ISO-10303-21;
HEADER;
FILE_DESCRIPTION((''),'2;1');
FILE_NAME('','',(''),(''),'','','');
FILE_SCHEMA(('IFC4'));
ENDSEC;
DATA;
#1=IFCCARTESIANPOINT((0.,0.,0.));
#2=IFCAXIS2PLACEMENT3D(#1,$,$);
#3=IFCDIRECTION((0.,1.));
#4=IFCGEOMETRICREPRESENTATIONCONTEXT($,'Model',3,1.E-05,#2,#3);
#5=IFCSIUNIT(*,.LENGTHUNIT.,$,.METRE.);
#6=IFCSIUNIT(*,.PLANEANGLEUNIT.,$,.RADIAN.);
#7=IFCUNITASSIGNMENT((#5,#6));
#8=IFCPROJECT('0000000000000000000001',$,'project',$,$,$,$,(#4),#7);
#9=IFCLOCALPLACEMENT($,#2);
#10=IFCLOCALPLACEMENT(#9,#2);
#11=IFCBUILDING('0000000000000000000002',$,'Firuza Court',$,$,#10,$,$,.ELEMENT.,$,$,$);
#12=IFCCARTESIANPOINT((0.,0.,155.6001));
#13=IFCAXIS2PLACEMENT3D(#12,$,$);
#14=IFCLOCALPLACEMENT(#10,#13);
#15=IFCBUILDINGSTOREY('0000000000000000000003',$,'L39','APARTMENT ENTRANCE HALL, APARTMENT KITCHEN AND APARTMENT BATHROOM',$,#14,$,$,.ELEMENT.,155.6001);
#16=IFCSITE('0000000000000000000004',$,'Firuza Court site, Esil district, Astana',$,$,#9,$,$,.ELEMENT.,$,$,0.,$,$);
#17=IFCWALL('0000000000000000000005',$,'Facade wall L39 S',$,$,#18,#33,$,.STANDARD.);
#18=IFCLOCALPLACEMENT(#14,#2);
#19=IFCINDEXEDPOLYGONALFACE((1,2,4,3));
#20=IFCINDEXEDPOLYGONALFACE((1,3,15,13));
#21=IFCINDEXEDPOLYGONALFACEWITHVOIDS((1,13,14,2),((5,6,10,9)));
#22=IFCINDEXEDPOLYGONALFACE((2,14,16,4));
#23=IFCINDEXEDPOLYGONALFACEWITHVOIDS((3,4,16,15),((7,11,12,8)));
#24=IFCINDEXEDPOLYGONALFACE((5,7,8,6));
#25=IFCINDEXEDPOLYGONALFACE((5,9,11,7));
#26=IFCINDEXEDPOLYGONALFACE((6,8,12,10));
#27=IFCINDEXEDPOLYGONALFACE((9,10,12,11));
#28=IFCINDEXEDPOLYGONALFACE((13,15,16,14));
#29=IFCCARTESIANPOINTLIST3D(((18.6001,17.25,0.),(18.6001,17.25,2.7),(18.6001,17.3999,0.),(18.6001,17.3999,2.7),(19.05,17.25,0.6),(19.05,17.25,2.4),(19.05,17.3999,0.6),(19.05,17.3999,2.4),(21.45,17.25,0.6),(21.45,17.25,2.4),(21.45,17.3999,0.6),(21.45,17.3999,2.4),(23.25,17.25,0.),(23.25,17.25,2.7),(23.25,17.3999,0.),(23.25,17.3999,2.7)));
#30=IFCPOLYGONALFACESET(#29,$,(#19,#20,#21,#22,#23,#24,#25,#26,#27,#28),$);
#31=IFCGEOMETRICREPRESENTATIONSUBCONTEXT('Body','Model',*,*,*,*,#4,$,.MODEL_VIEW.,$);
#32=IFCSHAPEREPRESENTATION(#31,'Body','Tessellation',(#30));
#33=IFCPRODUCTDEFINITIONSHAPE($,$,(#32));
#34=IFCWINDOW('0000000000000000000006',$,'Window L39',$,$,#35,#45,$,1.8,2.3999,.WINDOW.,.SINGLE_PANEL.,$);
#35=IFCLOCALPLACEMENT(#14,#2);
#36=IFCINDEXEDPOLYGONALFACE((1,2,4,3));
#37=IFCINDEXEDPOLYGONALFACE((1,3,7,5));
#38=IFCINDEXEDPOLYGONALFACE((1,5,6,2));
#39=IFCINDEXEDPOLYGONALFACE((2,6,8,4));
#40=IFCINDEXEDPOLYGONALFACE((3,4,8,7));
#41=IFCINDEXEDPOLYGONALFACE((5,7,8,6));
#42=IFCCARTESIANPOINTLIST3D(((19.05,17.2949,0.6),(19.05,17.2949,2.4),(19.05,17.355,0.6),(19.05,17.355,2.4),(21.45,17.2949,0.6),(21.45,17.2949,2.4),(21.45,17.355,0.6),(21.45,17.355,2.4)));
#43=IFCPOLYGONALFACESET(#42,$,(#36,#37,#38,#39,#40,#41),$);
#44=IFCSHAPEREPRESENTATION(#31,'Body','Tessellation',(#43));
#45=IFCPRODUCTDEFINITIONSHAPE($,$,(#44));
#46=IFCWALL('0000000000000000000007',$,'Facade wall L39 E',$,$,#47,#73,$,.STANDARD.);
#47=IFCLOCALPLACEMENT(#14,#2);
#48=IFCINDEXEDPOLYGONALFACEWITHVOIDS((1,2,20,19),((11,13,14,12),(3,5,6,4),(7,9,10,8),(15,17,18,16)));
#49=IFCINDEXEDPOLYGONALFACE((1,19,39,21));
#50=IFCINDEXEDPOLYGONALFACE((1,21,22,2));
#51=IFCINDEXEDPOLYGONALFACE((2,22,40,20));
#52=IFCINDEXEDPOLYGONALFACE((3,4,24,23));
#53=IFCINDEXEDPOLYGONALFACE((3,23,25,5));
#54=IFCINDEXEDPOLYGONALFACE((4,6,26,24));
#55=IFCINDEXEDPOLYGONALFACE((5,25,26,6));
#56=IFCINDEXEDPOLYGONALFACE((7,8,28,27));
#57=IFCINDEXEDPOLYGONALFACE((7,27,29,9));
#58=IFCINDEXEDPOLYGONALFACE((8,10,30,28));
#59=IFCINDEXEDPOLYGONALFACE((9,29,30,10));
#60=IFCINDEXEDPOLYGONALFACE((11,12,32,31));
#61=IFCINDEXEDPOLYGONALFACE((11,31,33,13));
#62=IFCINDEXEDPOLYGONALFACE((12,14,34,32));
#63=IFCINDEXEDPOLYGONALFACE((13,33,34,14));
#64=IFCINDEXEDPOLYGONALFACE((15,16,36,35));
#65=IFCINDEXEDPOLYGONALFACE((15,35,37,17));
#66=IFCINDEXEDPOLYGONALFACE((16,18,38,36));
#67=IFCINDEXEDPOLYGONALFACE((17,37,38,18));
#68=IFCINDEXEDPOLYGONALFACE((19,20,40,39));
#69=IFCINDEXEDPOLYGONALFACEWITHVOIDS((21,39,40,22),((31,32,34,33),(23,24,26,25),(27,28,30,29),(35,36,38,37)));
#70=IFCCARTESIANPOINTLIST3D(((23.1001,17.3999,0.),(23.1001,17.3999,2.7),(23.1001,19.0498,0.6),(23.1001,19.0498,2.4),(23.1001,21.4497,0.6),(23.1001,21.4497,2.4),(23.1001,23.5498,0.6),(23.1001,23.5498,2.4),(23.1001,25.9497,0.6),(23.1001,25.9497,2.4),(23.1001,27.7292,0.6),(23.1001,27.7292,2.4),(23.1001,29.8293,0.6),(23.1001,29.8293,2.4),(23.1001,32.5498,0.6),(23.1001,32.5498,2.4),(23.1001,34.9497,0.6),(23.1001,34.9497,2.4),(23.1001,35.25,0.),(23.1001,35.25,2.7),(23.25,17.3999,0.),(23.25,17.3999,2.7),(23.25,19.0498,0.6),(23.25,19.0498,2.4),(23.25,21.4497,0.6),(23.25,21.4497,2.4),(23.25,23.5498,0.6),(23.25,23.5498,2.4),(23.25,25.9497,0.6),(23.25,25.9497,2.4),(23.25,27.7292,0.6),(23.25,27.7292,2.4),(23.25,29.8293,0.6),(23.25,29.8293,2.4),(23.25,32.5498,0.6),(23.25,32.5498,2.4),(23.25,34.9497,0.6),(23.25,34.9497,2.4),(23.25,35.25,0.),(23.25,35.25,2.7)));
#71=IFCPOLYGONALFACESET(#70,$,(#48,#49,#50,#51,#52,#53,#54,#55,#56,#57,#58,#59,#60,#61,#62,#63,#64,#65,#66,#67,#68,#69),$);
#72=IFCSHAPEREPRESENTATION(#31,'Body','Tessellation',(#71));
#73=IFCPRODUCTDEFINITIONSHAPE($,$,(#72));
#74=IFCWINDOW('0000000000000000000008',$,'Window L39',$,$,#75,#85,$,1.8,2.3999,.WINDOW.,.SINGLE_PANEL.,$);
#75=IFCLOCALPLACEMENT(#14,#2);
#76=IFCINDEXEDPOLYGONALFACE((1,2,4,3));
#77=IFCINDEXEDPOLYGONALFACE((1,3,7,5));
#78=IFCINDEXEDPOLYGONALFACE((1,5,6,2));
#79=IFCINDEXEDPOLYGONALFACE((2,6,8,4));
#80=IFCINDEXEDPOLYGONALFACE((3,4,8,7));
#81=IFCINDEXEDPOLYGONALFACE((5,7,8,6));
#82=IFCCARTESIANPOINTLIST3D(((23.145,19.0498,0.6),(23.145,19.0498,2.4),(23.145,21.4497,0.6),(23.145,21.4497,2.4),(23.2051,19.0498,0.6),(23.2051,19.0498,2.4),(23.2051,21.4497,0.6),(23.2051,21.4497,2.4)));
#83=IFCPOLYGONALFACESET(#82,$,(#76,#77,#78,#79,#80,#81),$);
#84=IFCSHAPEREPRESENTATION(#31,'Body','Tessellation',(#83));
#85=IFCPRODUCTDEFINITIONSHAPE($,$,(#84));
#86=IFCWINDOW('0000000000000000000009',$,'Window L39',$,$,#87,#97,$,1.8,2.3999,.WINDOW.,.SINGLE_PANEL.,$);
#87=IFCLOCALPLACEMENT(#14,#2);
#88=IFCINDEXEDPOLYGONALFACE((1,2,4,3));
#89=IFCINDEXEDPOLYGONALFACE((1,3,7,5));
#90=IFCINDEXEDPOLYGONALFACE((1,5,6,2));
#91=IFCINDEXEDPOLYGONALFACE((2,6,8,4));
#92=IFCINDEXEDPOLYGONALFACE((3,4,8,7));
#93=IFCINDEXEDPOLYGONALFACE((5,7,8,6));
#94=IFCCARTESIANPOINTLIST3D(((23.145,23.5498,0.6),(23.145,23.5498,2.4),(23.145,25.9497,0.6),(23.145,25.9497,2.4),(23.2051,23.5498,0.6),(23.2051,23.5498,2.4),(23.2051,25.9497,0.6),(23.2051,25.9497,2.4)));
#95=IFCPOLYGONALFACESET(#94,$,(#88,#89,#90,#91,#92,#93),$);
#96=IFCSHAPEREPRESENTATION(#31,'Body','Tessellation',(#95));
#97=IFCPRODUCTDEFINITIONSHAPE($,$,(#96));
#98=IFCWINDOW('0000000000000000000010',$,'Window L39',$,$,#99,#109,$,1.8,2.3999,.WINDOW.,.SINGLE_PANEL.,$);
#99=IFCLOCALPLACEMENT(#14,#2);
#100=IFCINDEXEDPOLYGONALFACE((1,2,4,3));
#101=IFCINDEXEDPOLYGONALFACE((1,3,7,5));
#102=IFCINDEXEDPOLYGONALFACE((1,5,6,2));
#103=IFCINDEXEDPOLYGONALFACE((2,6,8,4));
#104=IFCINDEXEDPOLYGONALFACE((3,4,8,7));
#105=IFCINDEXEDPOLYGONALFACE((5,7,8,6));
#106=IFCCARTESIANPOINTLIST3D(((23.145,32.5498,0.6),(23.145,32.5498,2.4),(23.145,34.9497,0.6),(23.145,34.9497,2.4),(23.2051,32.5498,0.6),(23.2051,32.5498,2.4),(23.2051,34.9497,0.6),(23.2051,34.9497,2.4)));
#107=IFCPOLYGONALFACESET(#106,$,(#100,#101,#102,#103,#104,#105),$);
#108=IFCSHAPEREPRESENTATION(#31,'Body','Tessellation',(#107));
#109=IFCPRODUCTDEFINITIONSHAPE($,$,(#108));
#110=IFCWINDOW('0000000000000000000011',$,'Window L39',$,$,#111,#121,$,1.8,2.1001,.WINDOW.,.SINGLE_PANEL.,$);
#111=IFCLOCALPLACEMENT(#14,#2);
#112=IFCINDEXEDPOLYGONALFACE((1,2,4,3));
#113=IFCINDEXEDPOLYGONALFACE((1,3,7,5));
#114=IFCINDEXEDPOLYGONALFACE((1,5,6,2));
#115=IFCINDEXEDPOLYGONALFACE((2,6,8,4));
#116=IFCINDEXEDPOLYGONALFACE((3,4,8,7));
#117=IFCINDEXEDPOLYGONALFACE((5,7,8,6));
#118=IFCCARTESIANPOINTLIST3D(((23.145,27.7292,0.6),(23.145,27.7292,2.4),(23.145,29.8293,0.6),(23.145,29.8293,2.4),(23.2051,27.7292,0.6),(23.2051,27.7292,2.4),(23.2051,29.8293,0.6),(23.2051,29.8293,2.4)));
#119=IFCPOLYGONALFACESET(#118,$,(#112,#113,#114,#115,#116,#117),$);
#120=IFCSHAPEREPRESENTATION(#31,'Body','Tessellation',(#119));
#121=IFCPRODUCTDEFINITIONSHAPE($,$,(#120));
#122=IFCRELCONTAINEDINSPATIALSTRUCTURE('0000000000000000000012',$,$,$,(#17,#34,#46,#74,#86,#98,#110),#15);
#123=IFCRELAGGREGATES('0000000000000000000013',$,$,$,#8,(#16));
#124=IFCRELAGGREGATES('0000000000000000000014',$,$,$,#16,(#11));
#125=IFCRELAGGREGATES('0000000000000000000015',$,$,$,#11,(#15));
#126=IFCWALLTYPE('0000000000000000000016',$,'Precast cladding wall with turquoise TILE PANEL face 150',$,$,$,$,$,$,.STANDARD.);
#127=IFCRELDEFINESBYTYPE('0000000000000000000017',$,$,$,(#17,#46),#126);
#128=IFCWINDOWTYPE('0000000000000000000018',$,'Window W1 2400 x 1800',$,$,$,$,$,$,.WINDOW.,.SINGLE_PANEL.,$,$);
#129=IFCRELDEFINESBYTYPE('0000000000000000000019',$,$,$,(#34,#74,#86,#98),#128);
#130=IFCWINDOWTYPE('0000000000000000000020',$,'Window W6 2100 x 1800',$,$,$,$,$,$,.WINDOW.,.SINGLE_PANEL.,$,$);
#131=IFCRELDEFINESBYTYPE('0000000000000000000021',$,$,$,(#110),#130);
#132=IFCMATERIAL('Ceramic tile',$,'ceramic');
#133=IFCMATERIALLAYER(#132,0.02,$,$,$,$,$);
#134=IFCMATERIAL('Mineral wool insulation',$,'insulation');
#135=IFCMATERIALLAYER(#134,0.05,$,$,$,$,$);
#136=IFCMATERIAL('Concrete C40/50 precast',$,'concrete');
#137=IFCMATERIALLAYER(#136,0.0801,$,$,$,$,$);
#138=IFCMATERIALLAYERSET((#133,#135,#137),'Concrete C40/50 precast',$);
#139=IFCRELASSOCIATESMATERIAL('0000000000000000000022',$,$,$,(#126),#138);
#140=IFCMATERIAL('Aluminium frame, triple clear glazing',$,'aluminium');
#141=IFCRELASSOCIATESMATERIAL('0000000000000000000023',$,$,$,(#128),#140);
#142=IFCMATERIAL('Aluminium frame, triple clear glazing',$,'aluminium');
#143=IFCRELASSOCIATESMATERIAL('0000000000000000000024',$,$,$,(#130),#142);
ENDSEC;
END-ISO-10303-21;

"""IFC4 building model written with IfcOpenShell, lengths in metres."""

from ifc_helpers import new_model, si_unit, direction, frame, frame_2d, origin, place, context, subcontext, project, spatial, rectangle, extrude, material, layer, layer_set, type_object, element, fill, save


model = new_model("IFC4")

# Units and contexts
model_context = context("Model", 3, precision=1e-05, world=origin(), true_north=direction((0.0, 1.0)))
body_context = subcontext(model_context, "Body", "Model", "MODEL_VIEW")
ifc_project = project(units=[si_unit("LENGTHUNIT", "METRE"), si_unit("PLANEANGLEUNIT", "RADIAN")], contexts=[model_context])

# Site, building, storey
site_placement = place(None, origin())
site = spatial("IfcSite", under=ifc_project, at=site_placement, Name="Firuza Court site, Esil district, Astana", CompositionType="ELEMENT", RefElevation=0.0)
building_placement = place(site_placement, origin())
building = spatial("IfcBuilding", under=site, at=building_placement, Name="Firuza Court", CompositionType="ELEMENT")
storey_placement = place(building_placement, frame((0.0, 0.0, 155.6001)))
storey = spatial("IfcBuildingStorey", under=building, at=storey_placement, Name="L39", Description="APARTMENT ENTRANCE HALL, APARTMENT KITCHEN AND APARTMENT BATHROOM", CompositionType="ELEMENT", Elevation=155.6001)

# Shared definitions
ifc_material_1 = material(Name="Ceramic tile", Category="ceramic")
ifc_layer_1 = layer(ifc_material_1, 0.02)
ifc_material_2 = material(Name="Mineral wool insulation", Category="insulation")
ifc_layer_2 = layer(ifc_material_2, 0.05)
ifc_material_3 = material(Name="Concrete C40/50 precast", Category="concrete")
ifc_layer_3 = layer(ifc_material_3, 0.0801)
ifc_layer_set_1 = layer_set([ifc_layer_1, ifc_layer_2, ifc_layer_3], Name="Concrete C40/50 precast")
wall_type_1 = type_object("IfcWallType", Name="Precast cladding wall with turquoise TILE PANEL face 150", PredefinedType="STANDARD", material=ifc_layer_set_1)
ifc_material_4 = material(Name="Aluminium frame, triple clear glazing", Category="aluminium")
window_type_1 = type_object("IfcWindowType", Name="Window W1 2400 x 1800", PartitioningType="SINGLE_PANEL", PredefinedType="WINDOW", material=ifc_material_4)

# Wall, opening, window
wall_1_placement = place(storey_placement, frame((18.6001, 17.325, 0.0), z_axis=(0.0, 0.0, 1.0), x_axis=(1.0, 0.0, 0.0)))
wall_1 = element("IfcWall", 1, at=wall_1_placement, inside=storey, type_object=wall_type_1, Name="Facade wall L39 S", PredefinedType="STANDARD", context=body_context, shape_type="SweptSolid", body=[
    extrude(rectangle(XDim=4.6499, YDim=0.1499, at=frame_2d((2.325, 0.0))), origin(), (0.0, 0.0, 1.0), 2.7),
])
opening_1_placement = place(wall_1_placement, frame((0.45, 0.0, 0.6001)))
opening_1 = element("IfcOpeningElement", 2, at=opening_1_placement, cuts=wall_1, PredefinedType="OPENING", context=body_context, shape_type="SweptSolid", body=[
    extrude(rectangle(XDim=2.3999, YDim=1.8, at=frame_2d((1.2, 0.8999))), frame((0.0, 0.0869, 0.0), z_axis=(0.0, -1.0, 0.0), x_axis=(1.0, 0.0, 0.0)), (0.0, 0.0, 1.0), 0.1738),
])
window_1_placement = place(opening_1_placement, origin())
window_1 = element("IfcWindow", 3, at=window_1_placement, inside=storey, type_object=window_type_1, Name="Window L39", OverallHeight=1.8, OverallWidth=2.3999, PartitioningType="SINGLE_PANEL", PredefinedType="WINDOW", context=body_context, shape_type="SweptSolid", body=[
    extrude(rectangle(XDim=2.3999, YDim=1.8, at=frame_2d((1.2, 0.8999))), frame((0.0, 0.03, 0.0), z_axis=(0.0, -1.0, 0.0), x_axis=(1.0, 0.0, 0.0)), (0.0, 0.0, 1.0), 0.0601),
])
fill(opening_1, window_1)

# Wall, openings, windows
wall_2_placement = place(storey_placement, frame((23.175, 17.3999, 0.0), z_axis=(0.0, 0.0, 1.0), x_axis=(0.0, 1.0, 0.0)))
wall_2 = element("IfcWall", 4, at=wall_2_placement, inside=storey, type_object=wall_type_1, Name="Facade wall L39 E", PredefinedType="STANDARD", context=body_context, shape_type="SweptSolid", body=[
    extrude(rectangle(XDim=17.8501, YDim=0.1499, at=frame_2d((8.925, 0.0))), origin(), (0.0, 0.0, 1.0), 2.7),
])
opening_2_placement = place(wall_2_placement, frame((1.6499, 0.0, 0.6001)))
opening_2 = element("IfcOpeningElement", 5, at=opening_2_placement, cuts=wall_2, PredefinedType="OPENING", context=body_context, shape_type="SweptSolid", body=[
    extrude(rectangle(XDim=2.3999, YDim=1.8, at=frame_2d((1.2, 0.8999))), frame((0.0, 0.0869, 0.0), z_axis=(0.0, -1.0, 0.0), x_axis=(1.0, 0.0, 0.0)), (0.0, 0.0, 1.0), 0.1738),
])
opening_3_placement = place(wall_2_placement, frame((6.1499, 0.0, 0.6001)))
opening_3 = element("IfcOpeningElement", 6, at=opening_3_placement, cuts=wall_2, PredefinedType="OPENING", context=body_context, shape_type="SweptSolid", body=[
    extrude(rectangle(XDim=2.3999, YDim=1.8, at=frame_2d((1.2, 0.8999))), frame((0.0, 0.0869, 0.0), z_axis=(0.0, -1.0, 0.0), x_axis=(1.0, 0.0, 0.0)), (0.0, 0.0, 1.0), 0.1738),
])
opening_4_placement = place(wall_2_placement, frame((10.3293, 0.0, 0.6001)))
opening_4 = element("IfcOpeningElement", 7, at=opening_4_placement, cuts=wall_2, PredefinedType="OPENING", context=body_context, shape_type="SweptSolid", body=[
    extrude(rectangle(XDim=2.1001, YDim=1.8, at=frame_2d((1.05, 0.8999))), frame((0.0, 0.0869, 0.0), z_axis=(0.0, -1.0, 0.0), x_axis=(1.0, 0.0, 0.0)), (0.0, 0.0, 1.0), 0.1738),
])
opening_5_placement = place(wall_2_placement, frame((15.1499, 0.0, 0.6001)))
opening_5 = element("IfcOpeningElement", 8, at=opening_5_placement, cuts=wall_2, PredefinedType="OPENING", context=body_context, shape_type="SweptSolid", body=[
    extrude(rectangle(XDim=2.3999, YDim=1.8, at=frame_2d((1.2, 0.8999))), frame((0.0, 0.0869, 0.0), z_axis=(0.0, -1.0, 0.0), x_axis=(1.0, 0.0, 0.0)), (0.0, 0.0, 1.0), 0.1738),
])
window_2_placement = place(opening_2_placement, origin())
window_2 = element("IfcWindow", 9, at=window_2_placement, inside=storey, type_object=window_type_1, Name="Window L39", OverallHeight=1.8, OverallWidth=2.3999, PartitioningType="SINGLE_PANEL", PredefinedType="WINDOW", context=body_context, shape_type="SweptSolid", body=[
    extrude(rectangle(XDim=2.3999, YDim=1.8, at=frame_2d((1.2, 0.8999))), frame((0.0, 0.03, 0.0), z_axis=(0.0, -1.0, 0.0), x_axis=(1.0, 0.0, 0.0)), (0.0, 0.0, 1.0), 0.0601),
])
fill(opening_2, window_2)
window_3_placement = place(opening_3_placement, origin())
window_3 = element("IfcWindow", 10, at=window_3_placement, inside=storey, type_object=window_type_1, Name="Window L39", OverallHeight=1.8, OverallWidth=2.3999, PartitioningType="SINGLE_PANEL", PredefinedType="WINDOW", context=body_context, shape_type="SweptSolid", body=[
    extrude(rectangle(XDim=2.3999, YDim=1.8, at=frame_2d((1.2, 0.8999))), frame((0.0, 0.03, 0.0), z_axis=(0.0, -1.0, 0.0), x_axis=(1.0, 0.0, 0.0)), (0.0, 0.0, 1.0), 0.0601),
])
fill(opening_3, window_3)
window_4_placement = place(opening_5_placement, origin())
window_4 = element("IfcWindow", 11, at=window_4_placement, inside=storey, type_object=window_type_1, Name="Window L39", OverallHeight=1.8, OverallWidth=2.3999, PartitioningType="SINGLE_PANEL", PredefinedType="WINDOW", context=body_context, shape_type="SweptSolid", body=[
    extrude(rectangle(XDim=2.3999, YDim=1.8, at=frame_2d((1.2, 0.8999))), frame((0.0, 0.03, 0.0), z_axis=(0.0, -1.0, 0.0), x_axis=(1.0, 0.0, 0.0)), (0.0, 0.0, 1.0), 0.0601),
])
fill(opening_5, window_4)
ifc_material_5 = material(Name="Aluminium frame, triple clear glazing", Category="aluminium")
window_type_2 = type_object("IfcWindowType", Name="Window W6 2100 x 1800", PartitioningType="SINGLE_PANEL", PredefinedType="WINDOW", material=ifc_material_5)
window_5_placement = place(opening_4_placement, origin())
window_5 = element("IfcWindow", 12, at=window_5_placement, inside=storey, type_object=window_type_2, Name="Window L39", OverallHeight=1.8, OverallWidth=2.1001, PartitioningType="SINGLE_PANEL", PredefinedType="WINDOW", context=body_context, shape_type="SweptSolid", body=[
    extrude(rectangle(XDim=2.1001, YDim=1.8, at=frame_2d((1.05, 0.8999))), frame((0.0, 0.03, 0.0), z_axis=(0.0, -1.0, 0.0), x_axis=(1.0, 0.0, 0.0)), (0.0, 0.0, 1.0), 0.0601),
])
fill(opening_4, window_5)

save(model, "model.ifc")
